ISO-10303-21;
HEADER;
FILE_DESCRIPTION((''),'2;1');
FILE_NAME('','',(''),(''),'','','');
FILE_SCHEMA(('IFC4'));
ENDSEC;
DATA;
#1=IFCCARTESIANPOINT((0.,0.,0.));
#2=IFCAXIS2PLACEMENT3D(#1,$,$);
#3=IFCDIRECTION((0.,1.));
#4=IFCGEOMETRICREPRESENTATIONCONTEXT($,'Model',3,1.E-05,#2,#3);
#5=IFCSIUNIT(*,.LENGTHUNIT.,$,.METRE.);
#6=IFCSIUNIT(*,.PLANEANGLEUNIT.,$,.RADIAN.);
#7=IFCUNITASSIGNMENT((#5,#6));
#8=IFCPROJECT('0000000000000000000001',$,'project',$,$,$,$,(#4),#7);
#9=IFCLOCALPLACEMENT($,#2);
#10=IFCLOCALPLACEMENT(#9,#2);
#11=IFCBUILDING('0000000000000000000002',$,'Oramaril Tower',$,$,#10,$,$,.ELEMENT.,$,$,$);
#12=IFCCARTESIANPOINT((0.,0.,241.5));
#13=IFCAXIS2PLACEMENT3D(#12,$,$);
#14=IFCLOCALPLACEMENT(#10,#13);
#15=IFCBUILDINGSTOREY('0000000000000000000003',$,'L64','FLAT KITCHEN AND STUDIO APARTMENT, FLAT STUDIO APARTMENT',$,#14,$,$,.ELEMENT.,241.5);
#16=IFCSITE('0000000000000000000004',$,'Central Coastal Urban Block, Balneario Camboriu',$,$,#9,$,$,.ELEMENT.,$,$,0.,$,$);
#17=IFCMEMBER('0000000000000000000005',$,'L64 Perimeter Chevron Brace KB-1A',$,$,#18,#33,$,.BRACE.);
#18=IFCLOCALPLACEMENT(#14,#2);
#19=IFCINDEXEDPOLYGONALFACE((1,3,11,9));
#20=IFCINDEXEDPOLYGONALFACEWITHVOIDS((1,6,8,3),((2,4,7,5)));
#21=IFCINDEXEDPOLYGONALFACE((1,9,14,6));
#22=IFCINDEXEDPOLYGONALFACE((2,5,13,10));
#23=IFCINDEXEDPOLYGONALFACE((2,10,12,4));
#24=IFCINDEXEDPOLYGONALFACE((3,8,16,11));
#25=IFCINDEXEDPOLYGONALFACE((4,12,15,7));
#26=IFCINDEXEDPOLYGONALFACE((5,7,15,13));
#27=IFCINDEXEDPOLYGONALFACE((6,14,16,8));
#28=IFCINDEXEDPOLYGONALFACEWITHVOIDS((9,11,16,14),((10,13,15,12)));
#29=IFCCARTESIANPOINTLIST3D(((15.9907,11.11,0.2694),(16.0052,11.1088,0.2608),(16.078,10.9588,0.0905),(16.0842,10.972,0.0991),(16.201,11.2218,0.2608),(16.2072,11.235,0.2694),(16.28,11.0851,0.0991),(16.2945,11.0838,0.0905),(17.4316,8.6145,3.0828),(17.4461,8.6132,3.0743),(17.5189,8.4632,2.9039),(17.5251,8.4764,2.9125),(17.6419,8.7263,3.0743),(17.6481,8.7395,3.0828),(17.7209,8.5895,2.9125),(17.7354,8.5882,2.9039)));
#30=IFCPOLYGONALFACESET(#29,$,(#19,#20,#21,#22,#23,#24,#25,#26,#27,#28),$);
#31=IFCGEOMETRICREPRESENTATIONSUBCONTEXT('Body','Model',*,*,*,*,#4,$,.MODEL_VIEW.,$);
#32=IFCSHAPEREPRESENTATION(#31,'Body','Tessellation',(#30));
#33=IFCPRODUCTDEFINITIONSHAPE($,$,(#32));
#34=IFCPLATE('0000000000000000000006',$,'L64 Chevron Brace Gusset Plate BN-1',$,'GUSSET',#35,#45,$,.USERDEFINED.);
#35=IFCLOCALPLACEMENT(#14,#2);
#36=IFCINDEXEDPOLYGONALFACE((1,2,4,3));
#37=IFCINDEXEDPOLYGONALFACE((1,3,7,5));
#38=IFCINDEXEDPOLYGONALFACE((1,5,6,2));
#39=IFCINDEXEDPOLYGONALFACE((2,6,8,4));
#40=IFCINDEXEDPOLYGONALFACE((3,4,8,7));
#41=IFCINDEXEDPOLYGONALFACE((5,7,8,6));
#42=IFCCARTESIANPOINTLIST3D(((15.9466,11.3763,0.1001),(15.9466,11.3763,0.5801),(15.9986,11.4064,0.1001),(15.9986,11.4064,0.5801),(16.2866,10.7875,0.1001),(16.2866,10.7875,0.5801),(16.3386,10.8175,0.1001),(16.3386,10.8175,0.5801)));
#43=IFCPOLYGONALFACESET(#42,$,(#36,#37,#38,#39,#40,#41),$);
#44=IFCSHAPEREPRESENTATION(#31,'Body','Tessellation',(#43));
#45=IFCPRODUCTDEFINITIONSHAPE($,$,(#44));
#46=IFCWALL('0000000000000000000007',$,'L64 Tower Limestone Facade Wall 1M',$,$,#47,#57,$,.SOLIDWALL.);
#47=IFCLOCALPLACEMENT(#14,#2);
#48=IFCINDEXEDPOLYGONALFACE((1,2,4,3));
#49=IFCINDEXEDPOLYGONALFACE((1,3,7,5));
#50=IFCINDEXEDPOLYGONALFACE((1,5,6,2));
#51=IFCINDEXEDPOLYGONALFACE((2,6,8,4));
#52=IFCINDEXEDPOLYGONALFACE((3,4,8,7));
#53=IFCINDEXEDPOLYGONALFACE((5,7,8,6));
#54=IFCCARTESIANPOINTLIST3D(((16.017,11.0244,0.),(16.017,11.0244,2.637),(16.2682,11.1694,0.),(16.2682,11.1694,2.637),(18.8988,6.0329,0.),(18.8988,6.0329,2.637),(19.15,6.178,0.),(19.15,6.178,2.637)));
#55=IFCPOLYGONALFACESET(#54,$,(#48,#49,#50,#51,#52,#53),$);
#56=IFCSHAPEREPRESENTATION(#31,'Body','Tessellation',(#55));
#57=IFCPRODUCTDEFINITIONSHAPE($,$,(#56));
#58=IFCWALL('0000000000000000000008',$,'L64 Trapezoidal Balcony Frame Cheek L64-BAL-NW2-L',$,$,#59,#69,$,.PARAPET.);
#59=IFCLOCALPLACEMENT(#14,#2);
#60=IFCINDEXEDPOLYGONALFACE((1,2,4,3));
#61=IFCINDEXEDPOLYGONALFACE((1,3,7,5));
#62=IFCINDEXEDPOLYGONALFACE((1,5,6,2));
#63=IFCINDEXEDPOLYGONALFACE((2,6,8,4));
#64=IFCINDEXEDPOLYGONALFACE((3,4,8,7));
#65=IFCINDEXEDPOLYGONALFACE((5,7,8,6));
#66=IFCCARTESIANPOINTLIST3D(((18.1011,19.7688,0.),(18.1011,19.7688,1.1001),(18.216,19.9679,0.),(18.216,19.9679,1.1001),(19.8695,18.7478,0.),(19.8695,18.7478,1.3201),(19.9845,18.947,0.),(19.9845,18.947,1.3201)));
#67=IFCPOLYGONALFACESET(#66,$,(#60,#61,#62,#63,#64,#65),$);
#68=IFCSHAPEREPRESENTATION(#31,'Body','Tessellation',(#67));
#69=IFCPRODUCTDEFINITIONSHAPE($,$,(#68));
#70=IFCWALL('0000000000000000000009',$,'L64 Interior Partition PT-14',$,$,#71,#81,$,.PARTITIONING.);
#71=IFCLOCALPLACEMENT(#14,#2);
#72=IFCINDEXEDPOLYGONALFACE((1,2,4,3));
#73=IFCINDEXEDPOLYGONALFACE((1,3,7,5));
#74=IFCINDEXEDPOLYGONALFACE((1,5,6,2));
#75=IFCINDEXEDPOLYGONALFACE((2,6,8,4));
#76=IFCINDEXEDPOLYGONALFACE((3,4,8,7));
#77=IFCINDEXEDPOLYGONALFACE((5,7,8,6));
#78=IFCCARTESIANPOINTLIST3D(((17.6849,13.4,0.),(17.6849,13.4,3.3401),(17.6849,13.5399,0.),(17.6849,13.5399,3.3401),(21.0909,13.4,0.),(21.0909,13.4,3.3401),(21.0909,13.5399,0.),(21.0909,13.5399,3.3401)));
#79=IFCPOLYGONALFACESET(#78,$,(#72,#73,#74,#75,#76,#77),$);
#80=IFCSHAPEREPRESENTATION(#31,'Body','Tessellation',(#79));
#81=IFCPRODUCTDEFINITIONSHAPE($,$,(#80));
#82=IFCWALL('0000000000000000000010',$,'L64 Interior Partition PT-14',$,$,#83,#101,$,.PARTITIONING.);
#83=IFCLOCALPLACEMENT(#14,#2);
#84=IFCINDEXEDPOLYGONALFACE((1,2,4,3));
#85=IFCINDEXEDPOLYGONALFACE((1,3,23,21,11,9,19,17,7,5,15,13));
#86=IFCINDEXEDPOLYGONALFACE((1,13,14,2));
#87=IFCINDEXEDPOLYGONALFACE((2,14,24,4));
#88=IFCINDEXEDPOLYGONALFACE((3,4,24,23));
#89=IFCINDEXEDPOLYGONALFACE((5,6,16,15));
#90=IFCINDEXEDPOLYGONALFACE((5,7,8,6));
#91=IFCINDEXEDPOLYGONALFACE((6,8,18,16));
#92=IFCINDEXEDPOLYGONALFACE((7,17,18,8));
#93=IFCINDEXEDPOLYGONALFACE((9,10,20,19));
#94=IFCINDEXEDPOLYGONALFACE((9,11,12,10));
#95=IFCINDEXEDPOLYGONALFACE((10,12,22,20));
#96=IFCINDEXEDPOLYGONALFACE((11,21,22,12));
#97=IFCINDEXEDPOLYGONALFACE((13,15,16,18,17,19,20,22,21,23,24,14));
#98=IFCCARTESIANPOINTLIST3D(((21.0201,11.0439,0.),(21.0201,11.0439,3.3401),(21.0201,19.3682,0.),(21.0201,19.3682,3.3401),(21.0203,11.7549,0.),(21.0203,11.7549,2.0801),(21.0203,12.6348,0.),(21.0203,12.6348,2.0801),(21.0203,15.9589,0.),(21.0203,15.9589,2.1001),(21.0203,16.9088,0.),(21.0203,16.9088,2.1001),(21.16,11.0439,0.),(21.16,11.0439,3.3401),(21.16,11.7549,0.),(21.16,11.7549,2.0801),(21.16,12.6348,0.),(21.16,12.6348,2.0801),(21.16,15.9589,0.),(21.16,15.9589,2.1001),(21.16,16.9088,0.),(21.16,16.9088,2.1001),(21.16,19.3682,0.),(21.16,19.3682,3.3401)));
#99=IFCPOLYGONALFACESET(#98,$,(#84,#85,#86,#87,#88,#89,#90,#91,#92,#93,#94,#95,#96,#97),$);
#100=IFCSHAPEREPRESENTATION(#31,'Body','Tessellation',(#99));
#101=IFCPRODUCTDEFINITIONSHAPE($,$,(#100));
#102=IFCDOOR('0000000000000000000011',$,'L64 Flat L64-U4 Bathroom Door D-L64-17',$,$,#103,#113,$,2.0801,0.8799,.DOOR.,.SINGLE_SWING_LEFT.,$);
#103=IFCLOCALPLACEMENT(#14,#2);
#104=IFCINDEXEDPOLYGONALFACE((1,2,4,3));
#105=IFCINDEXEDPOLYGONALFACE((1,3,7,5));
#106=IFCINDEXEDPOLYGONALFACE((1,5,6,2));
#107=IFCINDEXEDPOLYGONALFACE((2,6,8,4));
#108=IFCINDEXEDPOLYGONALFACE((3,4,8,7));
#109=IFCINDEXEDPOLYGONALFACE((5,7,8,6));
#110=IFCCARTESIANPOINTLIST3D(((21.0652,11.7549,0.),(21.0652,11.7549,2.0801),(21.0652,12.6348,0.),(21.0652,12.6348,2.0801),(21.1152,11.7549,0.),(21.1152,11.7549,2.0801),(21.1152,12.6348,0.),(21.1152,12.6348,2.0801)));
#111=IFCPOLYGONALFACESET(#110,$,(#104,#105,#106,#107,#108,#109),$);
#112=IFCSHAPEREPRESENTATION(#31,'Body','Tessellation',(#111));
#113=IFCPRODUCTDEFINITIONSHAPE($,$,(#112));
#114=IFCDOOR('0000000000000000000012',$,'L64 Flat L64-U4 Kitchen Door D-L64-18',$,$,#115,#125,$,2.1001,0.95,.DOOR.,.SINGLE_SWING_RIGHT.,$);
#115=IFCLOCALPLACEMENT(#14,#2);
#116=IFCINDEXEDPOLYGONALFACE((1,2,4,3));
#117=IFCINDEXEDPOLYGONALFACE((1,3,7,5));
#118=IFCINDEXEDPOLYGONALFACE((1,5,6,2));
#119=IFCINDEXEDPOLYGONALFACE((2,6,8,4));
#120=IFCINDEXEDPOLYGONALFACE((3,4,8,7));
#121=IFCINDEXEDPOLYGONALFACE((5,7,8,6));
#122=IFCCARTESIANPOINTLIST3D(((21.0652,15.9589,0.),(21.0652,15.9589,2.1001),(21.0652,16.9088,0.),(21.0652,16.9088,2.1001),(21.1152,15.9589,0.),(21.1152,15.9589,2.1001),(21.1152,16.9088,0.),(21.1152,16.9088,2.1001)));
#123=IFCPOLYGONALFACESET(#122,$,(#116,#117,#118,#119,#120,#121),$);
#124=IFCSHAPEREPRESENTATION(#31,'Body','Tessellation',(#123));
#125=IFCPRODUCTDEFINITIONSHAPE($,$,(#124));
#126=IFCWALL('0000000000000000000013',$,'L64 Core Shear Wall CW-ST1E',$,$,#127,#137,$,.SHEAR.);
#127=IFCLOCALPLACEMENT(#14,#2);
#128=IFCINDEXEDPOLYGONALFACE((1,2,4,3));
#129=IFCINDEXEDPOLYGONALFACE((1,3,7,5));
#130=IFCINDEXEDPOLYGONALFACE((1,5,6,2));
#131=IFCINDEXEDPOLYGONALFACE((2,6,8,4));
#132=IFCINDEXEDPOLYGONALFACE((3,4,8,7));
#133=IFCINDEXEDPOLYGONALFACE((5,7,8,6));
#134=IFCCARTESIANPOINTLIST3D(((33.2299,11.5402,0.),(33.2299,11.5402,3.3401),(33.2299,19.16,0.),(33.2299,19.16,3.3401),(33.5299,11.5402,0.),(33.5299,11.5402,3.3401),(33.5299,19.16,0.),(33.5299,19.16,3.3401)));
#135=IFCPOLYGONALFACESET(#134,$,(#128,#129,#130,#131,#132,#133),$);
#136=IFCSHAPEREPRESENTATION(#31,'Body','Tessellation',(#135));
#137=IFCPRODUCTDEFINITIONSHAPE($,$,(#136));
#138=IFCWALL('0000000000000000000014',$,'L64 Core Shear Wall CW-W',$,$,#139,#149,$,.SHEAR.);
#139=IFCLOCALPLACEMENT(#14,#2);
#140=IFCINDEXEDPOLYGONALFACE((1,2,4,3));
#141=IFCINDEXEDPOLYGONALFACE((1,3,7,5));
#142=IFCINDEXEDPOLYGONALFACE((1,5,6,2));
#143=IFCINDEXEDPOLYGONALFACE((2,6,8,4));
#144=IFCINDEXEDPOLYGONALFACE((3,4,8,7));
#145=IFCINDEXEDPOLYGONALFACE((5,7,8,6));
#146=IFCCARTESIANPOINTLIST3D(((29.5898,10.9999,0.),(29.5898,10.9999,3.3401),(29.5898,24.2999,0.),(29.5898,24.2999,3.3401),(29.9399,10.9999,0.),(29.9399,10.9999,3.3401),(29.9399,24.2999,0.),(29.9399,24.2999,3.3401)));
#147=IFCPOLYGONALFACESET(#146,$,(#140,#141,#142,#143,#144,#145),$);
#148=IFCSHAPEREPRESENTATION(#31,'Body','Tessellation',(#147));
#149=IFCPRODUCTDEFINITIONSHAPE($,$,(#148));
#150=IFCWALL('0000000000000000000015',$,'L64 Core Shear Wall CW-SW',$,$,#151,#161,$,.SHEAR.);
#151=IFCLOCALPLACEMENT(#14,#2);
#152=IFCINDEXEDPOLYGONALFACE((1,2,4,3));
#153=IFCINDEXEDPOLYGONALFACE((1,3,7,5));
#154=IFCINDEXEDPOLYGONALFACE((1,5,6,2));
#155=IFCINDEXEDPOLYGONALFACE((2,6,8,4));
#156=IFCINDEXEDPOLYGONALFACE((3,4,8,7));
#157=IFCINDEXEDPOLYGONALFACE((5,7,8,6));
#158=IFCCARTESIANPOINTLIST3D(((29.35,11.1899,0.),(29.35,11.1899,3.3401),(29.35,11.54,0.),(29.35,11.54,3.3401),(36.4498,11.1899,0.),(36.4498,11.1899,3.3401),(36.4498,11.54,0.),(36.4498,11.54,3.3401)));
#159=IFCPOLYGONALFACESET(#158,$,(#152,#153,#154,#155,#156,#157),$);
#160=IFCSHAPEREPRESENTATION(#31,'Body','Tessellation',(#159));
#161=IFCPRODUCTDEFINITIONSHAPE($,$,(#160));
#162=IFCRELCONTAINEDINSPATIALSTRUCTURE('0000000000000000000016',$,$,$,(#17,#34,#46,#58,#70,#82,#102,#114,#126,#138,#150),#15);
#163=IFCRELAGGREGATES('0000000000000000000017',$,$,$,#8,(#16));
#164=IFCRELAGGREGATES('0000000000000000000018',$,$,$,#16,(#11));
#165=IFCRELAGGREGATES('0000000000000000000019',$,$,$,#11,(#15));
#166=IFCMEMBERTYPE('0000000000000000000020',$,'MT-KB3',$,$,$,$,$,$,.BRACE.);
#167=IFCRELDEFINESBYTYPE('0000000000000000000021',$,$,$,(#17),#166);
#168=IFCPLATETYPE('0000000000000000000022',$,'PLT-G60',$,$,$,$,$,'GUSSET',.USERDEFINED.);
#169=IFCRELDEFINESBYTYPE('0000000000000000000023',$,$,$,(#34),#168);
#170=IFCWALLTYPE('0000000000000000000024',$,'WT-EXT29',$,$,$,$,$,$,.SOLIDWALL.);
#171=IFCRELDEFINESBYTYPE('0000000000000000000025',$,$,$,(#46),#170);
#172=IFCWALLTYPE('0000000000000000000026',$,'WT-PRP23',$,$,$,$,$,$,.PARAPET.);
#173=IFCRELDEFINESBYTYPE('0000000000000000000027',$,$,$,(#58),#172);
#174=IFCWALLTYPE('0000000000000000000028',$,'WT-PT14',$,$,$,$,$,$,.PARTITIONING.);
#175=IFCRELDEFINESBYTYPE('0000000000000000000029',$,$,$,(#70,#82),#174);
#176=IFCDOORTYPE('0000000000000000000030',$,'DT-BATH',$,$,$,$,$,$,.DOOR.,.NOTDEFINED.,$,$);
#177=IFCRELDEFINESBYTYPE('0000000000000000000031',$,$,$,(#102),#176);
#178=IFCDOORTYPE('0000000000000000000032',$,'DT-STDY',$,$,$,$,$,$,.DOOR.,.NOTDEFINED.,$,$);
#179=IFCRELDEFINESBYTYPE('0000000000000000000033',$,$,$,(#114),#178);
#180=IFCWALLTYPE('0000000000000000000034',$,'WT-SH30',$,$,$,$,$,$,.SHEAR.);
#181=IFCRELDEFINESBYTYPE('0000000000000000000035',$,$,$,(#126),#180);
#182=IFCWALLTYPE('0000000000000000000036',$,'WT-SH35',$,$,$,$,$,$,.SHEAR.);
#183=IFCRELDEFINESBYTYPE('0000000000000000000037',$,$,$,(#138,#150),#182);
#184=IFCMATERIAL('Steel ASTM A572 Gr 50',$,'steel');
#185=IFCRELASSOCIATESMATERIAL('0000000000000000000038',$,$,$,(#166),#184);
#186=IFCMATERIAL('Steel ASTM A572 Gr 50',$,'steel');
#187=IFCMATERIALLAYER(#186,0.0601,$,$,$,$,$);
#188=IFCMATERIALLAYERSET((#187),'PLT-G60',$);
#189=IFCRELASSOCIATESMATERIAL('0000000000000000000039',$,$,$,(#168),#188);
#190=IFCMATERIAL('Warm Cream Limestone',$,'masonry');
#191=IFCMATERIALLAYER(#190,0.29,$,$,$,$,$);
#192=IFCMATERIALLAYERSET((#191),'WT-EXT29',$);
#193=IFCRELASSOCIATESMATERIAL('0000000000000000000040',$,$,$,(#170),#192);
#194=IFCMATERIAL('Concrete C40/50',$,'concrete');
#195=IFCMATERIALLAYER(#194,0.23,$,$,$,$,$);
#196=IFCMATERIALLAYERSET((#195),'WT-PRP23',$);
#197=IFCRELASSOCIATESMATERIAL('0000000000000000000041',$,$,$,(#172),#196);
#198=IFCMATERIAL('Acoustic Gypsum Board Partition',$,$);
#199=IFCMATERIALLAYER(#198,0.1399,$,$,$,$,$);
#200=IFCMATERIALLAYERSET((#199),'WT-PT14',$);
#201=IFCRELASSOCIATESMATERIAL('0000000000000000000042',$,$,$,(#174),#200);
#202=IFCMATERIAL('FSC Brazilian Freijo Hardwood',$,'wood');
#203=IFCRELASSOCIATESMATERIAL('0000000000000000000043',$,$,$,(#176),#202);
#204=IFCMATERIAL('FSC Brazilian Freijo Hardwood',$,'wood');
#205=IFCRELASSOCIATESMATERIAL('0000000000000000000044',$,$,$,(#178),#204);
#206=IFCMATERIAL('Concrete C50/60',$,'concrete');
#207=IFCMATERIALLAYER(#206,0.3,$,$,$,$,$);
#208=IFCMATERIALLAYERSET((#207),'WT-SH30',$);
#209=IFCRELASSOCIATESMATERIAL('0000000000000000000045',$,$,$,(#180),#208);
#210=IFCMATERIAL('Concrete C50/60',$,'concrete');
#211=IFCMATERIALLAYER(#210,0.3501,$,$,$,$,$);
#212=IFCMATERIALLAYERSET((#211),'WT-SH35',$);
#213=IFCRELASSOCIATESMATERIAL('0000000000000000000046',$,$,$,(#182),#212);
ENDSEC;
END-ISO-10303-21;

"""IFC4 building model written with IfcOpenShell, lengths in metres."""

from ifc_helpers import new_model, si_unit, direction, frame, frame_2d, origin, origin_2d, place, context, subcontext, project, spatial, polyline, rectangle, hollow_rectangle, outline, extrude, material, layer, layer_set, material_profile, profile_set, type_object, element, fill, save


model = new_model("IFC4")

# Units and contexts
model_context = context("Model", 3, precision=1e-05, world=origin(), true_north=direction((0.0, 1.0)))
body_context = subcontext(model_context, "Body", "Model", "MODEL_VIEW")
ifc_project = project(units=[si_unit("LENGTHUNIT", "METRE"), si_unit("PLANEANGLEUNIT", "RADIAN")], contexts=[model_context])

# Site, building, storey
site_placement = place(None, origin())
site = spatial("IfcSite", under=ifc_project, at=site_placement, Name="Central Coastal Urban Block, Balneario Camboriu", CompositionType="ELEMENT", RefElevation=0.0)
building_placement = place(site_placement, origin())
building = spatial("IfcBuilding", under=site, at=building_placement, Name="Oramaril Tower", CompositionType="ELEMENT")
storey_placement = place(building_placement, frame((0.0, 0.0, 241.5)))
storey = spatial("IfcBuildingStorey", under=building, at=storey_placement, Name="L64", Description="FLAT KITCHEN AND STUDIO APARTMENT, FLAT STUDIO APARTMENT", CompositionType="ELEMENT", Elevation=241.5)

# Member
ifc_material_1 = material(Name="Steel ASTM A572 Gr 50", Category="steel")
ifc_material_profile_1 = material_profile(ifc_material_1, hollow_rectangle(XDim=0.25, YDim=0.25, WallThickness=0.012, at=origin_2d()), Name="HSS250X250X12")
ifc_profile_set_1 = profile_set([ifc_material_profile_1], Name="Steel ASTM A572 Gr 50")
member_type = type_object("IfcMemberType", Name="MT-KB3", PredefinedType="BRACE", material=ifc_profile_set_1)
member_placement = place(storey_placement, frame((16.1426, 11.0969, 0.1799), z_axis=(0.357779, -0.619657, 0.698584), x_axis=(0.866013, 0.500021, 0.0)))
element("IfcMember", 1, at=member_placement, inside=storey, type_object=member_type, Name="L64 Perimeter Chevron Brace KB-1A", PredefinedType="BRACE", context=body_context, shape_type="SweptSolid", body=[
    extrude(hollow_rectangle(XDim=0.25, YDim=0.25, WallThickness=0.012, at=origin_2d()), origin(), (0.0, 0.0, 1.0), 4.0273),
])

# Plate
ifc_material_2 = material(Name="Steel ASTM A572 Gr 50", Category="steel")
ifc_layer_1 = layer(ifc_material_2, 0.0601)
ifc_layer_set_1 = layer_set([ifc_layer_1], Name="PLT-G60")
plate_type = type_object("IfcPlateType", Name="PLT-G60", ElementType="GUSSET", PredefinedType="USERDEFINED", material=ifc_layer_set_1)
plate_placement = place(storey_placement, frame((16.1426, 11.0969, 0.1001), z_axis=(0.0, 0.0, 1.0), x_axis=(0.500002, -0.866025, 0.0)))
element("IfcPlate", 2, at=plate_placement, inside=storey, type_object=plate_type, Name="L64 Chevron Brace Gusset Plate BN-1", ObjectType="GUSSET", PredefinedType="USERDEFINED", context=body_context, shape_type="SweptSolid", body=[
    extrude(rectangle(XDim=0.6799, YDim=0.0601, at=origin_2d()), origin(), (0.0, 0.0, 1.0), 0.48),
])

# Walls
ifc_material_3 = material(Name="Warm Cream Limestone", Category="masonry")
ifc_layer_2 = layer(ifc_material_3, 0.29)
ifc_layer_set_2 = layer_set([ifc_layer_2], Name="WT-EXT29")
wall_type_1 = type_object("IfcWallType", Name="WT-EXT29", PredefinedType="SOLIDWALL", material=ifc_layer_set_2)
wall_1_placement = place(storey_placement, frame((16.1426, 11.0969, 0.0), z_axis=(0.0, 0.0, 1.0), x_axis=(0.500002, -0.866024, 0.0)))
element("IfcWall", 3, at=wall_1_placement, inside=storey, type_object=wall_type_1, Name="L64 Tower Limestone Facade Wall 1M", PredefinedType="SOLIDWALL", context=body_context, shape_type="SweptSolid", body=[
    extrude(rectangle(XDim=5.7637, YDim=0.29, at=frame_2d((2.8818, 0.0))), origin(), (0.0, 0.0, 1.0), 2.637),
])
ifc_material_4 = material(Name="Concrete C40/50", Category="concrete")
ifc_layer_3 = layer(ifc_material_4, 0.23)
ifc_layer_set_3 = layer_set([ifc_layer_3], Name="WT-PRP23")
wall_type_2 = type_object("IfcWallType", Name="WT-PRP23", PredefinedType="PARAPET", material=ifc_layer_set_3)
wall_2_placement = place(storey_placement, frame((19.927, 18.8474, 0.0), z_axis=(0.0, 0.0, 1.0), x_axis=(-0.866042, 0.499971, 0.0)))
element("IfcWall", 4, at=wall_2_placement, inside=storey, type_object=wall_type_2, Name="L64 Trapezoidal Balcony Frame Cheek L64-BAL-NW2-L", PredefinedType="PARAPET", context=body_context, shape_type="SweptSolid", body=[
    extrude(outline(polyline([(0.0, 0.0), (2.042, 0.0), (2.042, 1.1001), (0.0, 1.3201), (0.0, 0.0)])), frame((0.0, 0.115, 0.0), z_axis=(0.0, -1.0, 0.0), x_axis=(1.0, 0.0, 0.0)), (0.0, 0.0, 1.0), 0.23),
])
ifc_material_5 = material(Name="Acoustic Gypsum Board Partition")
ifc_layer_4 = layer(ifc_material_5, 0.1399)
ifc_layer_set_4 = layer_set([ifc_layer_4], Name="WT-PT14")
wall_type_3 = type_object("IfcWallType", Name="WT-PT14", PredefinedType="PARTITIONING", material=ifc_layer_set_4)
wall_3_placement = place(storey_placement, frame((17.6848, 13.47, 0.0), z_axis=(0.0, 0.0, 1.0), x_axis=(1.0, 0.0, 0.0)))
element("IfcWall", 5, at=wall_3_placement, inside=storey, type_object=wall_type_3, Name="L64 Interior Partition PT-14", PredefinedType="PARTITIONING", context=body_context, shape_type="SweptSolid", body=[
    extrude(rectangle(XDim=3.406, YDim=0.1399, at=frame_2d((1.7031, 0.0))), origin(), (0.0, 0.0, 1.0), 3.3401),
])

# Wall, openings, doors
wall_4_placement = place(storey_placement, frame((21.0901, 11.0439, 0.0), z_axis=(0.0, 0.0, 1.0), x_axis=(0.0, 1.0, 0.0)))
wall_4 = element("IfcWall", 6, at=wall_4_placement, inside=storey, type_object=wall_type_3, Name="L64 Interior Partition PT-14", PredefinedType="PARTITIONING", context=body_context, shape_type="SweptSolid", body=[
    extrude(rectangle(XDim=8.3242, YDim=0.1399, at=frame_2d((4.1621, 0.0))), origin(), (0.0, 0.0, 1.0), 3.3401),
])
opening_1_placement = place(wall_4_placement, frame((0.7109, 0.0, 0.0)))
opening_1 = element("IfcOpeningElement", 7, at=opening_1_placement, cuts=wall_4, PredefinedType="OPENING", context=body_context, shape_type="SweptSolid", body=[
    extrude(rectangle(XDim=0.8799, YDim=2.0801, at=frame_2d((0.4399, 1.04))), frame((0.0, 0.0698, 0.0), z_axis=(0.0, -1.0, 0.0), x_axis=(1.0, 0.0, 0.0)), (0.0, 0.0, 1.0), 0.1399),
])
opening_2_placement = place(wall_4_placement, frame((4.9148, 0.0, 0.0)))
opening_2 = element("IfcOpeningElement", 8, at=opening_2_placement, cuts=wall_4, PredefinedType="OPENING", context=body_context, shape_type="SweptSolid", body=[
    extrude(rectangle(XDim=0.95, YDim=2.1001, at=frame_2d((0.4751, 1.05))), frame((0.0, 0.0698, 0.0), z_axis=(0.0, -1.0, 0.0), x_axis=(1.0, 0.0, 0.0)), (0.0, 0.0, 1.0), 0.1399),
])
ifc_material_6 = material(Name="FSC Brazilian Freijo Hardwood", Category="wood")
door_type_1 = type_object("IfcDoorType", Name="DT-BATH", OperationType="NOTDEFINED", PredefinedType="DOOR", material=ifc_material_6)
door_1_placement = place(opening_1_placement, origin())
door_1 = element("IfcDoor", 9, at=door_1_placement, inside=storey, type_object=door_type_1, Name="L64 Flat L64-U4 Bathroom Door D-L64-17", OperationType="SINGLE_SWING_LEFT", OverallHeight=2.0801, OverallWidth=0.8799, PredefinedType="DOOR", context=body_context, shape_type="SweptSolid", body=[
    extrude(rectangle(XDim=0.8799, YDim=2.0801, at=frame_2d((0.4399, 1.04))), frame((0.0, 0.0249, 0.0), z_axis=(0.0, -1.0, 0.0), x_axis=(1.0, 0.0, 0.0)), (0.0, 0.0, 1.0), 0.05),
])
fill(opening_1, door_1)
ifc_material_7 = material(Name="FSC Brazilian Freijo Hardwood", Category="wood")
door_type_2 = type_object("IfcDoorType", Name="DT-STDY", OperationType="NOTDEFINED", PredefinedType="DOOR", material=ifc_material_7)
door_2_placement = place(opening_2_placement, origin())
door_2 = element("IfcDoor", 10, at=door_2_placement, inside=storey, type_object=door_type_2, Name="L64 Flat L64-U4 Kitchen Door D-L64-18", OperationType="SINGLE_SWING_RIGHT", OverallHeight=2.1001, OverallWidth=0.95, PredefinedType="DOOR", context=body_context, shape_type="SweptSolid", body=[
    extrude(rectangle(XDim=0.95, YDim=2.1001, at=frame_2d((0.4751, 1.05))), frame((0.0, 0.0249, 0.0), z_axis=(0.0, -1.0, 0.0), x_axis=(1.0, 0.0, 0.0)), (0.0, 0.0, 1.0), 0.05),
])
fill(opening_2, door_2)

# Shared definitions
ifc_material_8 = material(Name="Concrete C50/60", Category="concrete")
ifc_layer_5 = layer(ifc_material_8, 0.3)
ifc_layer_set_5 = layer_set([ifc_layer_5], Name="WT-SH30")
wall_type_4 = type_object("IfcWallType", Name="WT-SH30", PredefinedType="SHEAR", material=ifc_layer_set_5)

# Walls
wall_5_placement = place(storey_placement, frame((33.3799, 11.54, 0.0), z_axis=(0.0, 0.0, 1.0), x_axis=(0.0, 1.0, 0.0)))
element("IfcWall", 11, at=wall_5_placement, inside=storey, type_object=wall_type_4, Name="L64 Core Shear Wall CW-ST1E", PredefinedType="SHEAR", context=body_context, shape_type="SweptSolid", body=[
    extrude(rectangle(XDim=7.6199, YDim=0.3, at=frame_2d((3.8101, 0.0))), origin(), (0.0, 0.0, 1.0), 3.3401),
])
ifc_material_9 = material(Name="Concrete C50/60", Category="concrete")
ifc_layer_6 = layer(ifc_material_9, 0.3501)
ifc_layer_set_6 = layer_set([ifc_layer_6], Name="WT-SH35")
wall_type_5 = type_object("IfcWallType", Name="WT-SH35", PredefinedType="SHEAR", material=ifc_layer_set_6)
wall_6_placement = place(storey_placement, frame((29.7649, 11.0, 0.0), z_axis=(0.0, 0.0, 1.0), x_axis=(0.0, 1.0, 0.0)))
element("IfcWall", 12, at=wall_6_placement, inside=storey, type_object=wall_type_5, Name="L64 Core Shear Wall CW-W", PredefinedType="SHEAR", context=body_context, shape_type="SweptSolid", body=[
    extrude(rectangle(XDim=13.3, YDim=0.3501, at=frame_2d((6.6499, 0.0))), origin(), (0.0, 0.0, 1.0), 3.3401),
])
wall_7_placement = place(storey_placement, frame((29.3501, 11.365, 0.0), z_axis=(0.0, 0.0, 1.0), x_axis=(1.0, 0.0, 0.0)))
element("IfcWall", 13, at=wall_7_placement, inside=storey, type_object=wall_type_5, Name="L64 Core Shear Wall CW-SW", PredefinedType="SHEAR", context=body_context, shape_type="SweptSolid", body=[
    extrude(rectangle(XDim=7.0999, YDim=0.3501, at=frame_2d((3.5498, 0.0))), origin(), (0.0, 0.0, 1.0), 3.3401),
])

save(model, "model.ifc")
